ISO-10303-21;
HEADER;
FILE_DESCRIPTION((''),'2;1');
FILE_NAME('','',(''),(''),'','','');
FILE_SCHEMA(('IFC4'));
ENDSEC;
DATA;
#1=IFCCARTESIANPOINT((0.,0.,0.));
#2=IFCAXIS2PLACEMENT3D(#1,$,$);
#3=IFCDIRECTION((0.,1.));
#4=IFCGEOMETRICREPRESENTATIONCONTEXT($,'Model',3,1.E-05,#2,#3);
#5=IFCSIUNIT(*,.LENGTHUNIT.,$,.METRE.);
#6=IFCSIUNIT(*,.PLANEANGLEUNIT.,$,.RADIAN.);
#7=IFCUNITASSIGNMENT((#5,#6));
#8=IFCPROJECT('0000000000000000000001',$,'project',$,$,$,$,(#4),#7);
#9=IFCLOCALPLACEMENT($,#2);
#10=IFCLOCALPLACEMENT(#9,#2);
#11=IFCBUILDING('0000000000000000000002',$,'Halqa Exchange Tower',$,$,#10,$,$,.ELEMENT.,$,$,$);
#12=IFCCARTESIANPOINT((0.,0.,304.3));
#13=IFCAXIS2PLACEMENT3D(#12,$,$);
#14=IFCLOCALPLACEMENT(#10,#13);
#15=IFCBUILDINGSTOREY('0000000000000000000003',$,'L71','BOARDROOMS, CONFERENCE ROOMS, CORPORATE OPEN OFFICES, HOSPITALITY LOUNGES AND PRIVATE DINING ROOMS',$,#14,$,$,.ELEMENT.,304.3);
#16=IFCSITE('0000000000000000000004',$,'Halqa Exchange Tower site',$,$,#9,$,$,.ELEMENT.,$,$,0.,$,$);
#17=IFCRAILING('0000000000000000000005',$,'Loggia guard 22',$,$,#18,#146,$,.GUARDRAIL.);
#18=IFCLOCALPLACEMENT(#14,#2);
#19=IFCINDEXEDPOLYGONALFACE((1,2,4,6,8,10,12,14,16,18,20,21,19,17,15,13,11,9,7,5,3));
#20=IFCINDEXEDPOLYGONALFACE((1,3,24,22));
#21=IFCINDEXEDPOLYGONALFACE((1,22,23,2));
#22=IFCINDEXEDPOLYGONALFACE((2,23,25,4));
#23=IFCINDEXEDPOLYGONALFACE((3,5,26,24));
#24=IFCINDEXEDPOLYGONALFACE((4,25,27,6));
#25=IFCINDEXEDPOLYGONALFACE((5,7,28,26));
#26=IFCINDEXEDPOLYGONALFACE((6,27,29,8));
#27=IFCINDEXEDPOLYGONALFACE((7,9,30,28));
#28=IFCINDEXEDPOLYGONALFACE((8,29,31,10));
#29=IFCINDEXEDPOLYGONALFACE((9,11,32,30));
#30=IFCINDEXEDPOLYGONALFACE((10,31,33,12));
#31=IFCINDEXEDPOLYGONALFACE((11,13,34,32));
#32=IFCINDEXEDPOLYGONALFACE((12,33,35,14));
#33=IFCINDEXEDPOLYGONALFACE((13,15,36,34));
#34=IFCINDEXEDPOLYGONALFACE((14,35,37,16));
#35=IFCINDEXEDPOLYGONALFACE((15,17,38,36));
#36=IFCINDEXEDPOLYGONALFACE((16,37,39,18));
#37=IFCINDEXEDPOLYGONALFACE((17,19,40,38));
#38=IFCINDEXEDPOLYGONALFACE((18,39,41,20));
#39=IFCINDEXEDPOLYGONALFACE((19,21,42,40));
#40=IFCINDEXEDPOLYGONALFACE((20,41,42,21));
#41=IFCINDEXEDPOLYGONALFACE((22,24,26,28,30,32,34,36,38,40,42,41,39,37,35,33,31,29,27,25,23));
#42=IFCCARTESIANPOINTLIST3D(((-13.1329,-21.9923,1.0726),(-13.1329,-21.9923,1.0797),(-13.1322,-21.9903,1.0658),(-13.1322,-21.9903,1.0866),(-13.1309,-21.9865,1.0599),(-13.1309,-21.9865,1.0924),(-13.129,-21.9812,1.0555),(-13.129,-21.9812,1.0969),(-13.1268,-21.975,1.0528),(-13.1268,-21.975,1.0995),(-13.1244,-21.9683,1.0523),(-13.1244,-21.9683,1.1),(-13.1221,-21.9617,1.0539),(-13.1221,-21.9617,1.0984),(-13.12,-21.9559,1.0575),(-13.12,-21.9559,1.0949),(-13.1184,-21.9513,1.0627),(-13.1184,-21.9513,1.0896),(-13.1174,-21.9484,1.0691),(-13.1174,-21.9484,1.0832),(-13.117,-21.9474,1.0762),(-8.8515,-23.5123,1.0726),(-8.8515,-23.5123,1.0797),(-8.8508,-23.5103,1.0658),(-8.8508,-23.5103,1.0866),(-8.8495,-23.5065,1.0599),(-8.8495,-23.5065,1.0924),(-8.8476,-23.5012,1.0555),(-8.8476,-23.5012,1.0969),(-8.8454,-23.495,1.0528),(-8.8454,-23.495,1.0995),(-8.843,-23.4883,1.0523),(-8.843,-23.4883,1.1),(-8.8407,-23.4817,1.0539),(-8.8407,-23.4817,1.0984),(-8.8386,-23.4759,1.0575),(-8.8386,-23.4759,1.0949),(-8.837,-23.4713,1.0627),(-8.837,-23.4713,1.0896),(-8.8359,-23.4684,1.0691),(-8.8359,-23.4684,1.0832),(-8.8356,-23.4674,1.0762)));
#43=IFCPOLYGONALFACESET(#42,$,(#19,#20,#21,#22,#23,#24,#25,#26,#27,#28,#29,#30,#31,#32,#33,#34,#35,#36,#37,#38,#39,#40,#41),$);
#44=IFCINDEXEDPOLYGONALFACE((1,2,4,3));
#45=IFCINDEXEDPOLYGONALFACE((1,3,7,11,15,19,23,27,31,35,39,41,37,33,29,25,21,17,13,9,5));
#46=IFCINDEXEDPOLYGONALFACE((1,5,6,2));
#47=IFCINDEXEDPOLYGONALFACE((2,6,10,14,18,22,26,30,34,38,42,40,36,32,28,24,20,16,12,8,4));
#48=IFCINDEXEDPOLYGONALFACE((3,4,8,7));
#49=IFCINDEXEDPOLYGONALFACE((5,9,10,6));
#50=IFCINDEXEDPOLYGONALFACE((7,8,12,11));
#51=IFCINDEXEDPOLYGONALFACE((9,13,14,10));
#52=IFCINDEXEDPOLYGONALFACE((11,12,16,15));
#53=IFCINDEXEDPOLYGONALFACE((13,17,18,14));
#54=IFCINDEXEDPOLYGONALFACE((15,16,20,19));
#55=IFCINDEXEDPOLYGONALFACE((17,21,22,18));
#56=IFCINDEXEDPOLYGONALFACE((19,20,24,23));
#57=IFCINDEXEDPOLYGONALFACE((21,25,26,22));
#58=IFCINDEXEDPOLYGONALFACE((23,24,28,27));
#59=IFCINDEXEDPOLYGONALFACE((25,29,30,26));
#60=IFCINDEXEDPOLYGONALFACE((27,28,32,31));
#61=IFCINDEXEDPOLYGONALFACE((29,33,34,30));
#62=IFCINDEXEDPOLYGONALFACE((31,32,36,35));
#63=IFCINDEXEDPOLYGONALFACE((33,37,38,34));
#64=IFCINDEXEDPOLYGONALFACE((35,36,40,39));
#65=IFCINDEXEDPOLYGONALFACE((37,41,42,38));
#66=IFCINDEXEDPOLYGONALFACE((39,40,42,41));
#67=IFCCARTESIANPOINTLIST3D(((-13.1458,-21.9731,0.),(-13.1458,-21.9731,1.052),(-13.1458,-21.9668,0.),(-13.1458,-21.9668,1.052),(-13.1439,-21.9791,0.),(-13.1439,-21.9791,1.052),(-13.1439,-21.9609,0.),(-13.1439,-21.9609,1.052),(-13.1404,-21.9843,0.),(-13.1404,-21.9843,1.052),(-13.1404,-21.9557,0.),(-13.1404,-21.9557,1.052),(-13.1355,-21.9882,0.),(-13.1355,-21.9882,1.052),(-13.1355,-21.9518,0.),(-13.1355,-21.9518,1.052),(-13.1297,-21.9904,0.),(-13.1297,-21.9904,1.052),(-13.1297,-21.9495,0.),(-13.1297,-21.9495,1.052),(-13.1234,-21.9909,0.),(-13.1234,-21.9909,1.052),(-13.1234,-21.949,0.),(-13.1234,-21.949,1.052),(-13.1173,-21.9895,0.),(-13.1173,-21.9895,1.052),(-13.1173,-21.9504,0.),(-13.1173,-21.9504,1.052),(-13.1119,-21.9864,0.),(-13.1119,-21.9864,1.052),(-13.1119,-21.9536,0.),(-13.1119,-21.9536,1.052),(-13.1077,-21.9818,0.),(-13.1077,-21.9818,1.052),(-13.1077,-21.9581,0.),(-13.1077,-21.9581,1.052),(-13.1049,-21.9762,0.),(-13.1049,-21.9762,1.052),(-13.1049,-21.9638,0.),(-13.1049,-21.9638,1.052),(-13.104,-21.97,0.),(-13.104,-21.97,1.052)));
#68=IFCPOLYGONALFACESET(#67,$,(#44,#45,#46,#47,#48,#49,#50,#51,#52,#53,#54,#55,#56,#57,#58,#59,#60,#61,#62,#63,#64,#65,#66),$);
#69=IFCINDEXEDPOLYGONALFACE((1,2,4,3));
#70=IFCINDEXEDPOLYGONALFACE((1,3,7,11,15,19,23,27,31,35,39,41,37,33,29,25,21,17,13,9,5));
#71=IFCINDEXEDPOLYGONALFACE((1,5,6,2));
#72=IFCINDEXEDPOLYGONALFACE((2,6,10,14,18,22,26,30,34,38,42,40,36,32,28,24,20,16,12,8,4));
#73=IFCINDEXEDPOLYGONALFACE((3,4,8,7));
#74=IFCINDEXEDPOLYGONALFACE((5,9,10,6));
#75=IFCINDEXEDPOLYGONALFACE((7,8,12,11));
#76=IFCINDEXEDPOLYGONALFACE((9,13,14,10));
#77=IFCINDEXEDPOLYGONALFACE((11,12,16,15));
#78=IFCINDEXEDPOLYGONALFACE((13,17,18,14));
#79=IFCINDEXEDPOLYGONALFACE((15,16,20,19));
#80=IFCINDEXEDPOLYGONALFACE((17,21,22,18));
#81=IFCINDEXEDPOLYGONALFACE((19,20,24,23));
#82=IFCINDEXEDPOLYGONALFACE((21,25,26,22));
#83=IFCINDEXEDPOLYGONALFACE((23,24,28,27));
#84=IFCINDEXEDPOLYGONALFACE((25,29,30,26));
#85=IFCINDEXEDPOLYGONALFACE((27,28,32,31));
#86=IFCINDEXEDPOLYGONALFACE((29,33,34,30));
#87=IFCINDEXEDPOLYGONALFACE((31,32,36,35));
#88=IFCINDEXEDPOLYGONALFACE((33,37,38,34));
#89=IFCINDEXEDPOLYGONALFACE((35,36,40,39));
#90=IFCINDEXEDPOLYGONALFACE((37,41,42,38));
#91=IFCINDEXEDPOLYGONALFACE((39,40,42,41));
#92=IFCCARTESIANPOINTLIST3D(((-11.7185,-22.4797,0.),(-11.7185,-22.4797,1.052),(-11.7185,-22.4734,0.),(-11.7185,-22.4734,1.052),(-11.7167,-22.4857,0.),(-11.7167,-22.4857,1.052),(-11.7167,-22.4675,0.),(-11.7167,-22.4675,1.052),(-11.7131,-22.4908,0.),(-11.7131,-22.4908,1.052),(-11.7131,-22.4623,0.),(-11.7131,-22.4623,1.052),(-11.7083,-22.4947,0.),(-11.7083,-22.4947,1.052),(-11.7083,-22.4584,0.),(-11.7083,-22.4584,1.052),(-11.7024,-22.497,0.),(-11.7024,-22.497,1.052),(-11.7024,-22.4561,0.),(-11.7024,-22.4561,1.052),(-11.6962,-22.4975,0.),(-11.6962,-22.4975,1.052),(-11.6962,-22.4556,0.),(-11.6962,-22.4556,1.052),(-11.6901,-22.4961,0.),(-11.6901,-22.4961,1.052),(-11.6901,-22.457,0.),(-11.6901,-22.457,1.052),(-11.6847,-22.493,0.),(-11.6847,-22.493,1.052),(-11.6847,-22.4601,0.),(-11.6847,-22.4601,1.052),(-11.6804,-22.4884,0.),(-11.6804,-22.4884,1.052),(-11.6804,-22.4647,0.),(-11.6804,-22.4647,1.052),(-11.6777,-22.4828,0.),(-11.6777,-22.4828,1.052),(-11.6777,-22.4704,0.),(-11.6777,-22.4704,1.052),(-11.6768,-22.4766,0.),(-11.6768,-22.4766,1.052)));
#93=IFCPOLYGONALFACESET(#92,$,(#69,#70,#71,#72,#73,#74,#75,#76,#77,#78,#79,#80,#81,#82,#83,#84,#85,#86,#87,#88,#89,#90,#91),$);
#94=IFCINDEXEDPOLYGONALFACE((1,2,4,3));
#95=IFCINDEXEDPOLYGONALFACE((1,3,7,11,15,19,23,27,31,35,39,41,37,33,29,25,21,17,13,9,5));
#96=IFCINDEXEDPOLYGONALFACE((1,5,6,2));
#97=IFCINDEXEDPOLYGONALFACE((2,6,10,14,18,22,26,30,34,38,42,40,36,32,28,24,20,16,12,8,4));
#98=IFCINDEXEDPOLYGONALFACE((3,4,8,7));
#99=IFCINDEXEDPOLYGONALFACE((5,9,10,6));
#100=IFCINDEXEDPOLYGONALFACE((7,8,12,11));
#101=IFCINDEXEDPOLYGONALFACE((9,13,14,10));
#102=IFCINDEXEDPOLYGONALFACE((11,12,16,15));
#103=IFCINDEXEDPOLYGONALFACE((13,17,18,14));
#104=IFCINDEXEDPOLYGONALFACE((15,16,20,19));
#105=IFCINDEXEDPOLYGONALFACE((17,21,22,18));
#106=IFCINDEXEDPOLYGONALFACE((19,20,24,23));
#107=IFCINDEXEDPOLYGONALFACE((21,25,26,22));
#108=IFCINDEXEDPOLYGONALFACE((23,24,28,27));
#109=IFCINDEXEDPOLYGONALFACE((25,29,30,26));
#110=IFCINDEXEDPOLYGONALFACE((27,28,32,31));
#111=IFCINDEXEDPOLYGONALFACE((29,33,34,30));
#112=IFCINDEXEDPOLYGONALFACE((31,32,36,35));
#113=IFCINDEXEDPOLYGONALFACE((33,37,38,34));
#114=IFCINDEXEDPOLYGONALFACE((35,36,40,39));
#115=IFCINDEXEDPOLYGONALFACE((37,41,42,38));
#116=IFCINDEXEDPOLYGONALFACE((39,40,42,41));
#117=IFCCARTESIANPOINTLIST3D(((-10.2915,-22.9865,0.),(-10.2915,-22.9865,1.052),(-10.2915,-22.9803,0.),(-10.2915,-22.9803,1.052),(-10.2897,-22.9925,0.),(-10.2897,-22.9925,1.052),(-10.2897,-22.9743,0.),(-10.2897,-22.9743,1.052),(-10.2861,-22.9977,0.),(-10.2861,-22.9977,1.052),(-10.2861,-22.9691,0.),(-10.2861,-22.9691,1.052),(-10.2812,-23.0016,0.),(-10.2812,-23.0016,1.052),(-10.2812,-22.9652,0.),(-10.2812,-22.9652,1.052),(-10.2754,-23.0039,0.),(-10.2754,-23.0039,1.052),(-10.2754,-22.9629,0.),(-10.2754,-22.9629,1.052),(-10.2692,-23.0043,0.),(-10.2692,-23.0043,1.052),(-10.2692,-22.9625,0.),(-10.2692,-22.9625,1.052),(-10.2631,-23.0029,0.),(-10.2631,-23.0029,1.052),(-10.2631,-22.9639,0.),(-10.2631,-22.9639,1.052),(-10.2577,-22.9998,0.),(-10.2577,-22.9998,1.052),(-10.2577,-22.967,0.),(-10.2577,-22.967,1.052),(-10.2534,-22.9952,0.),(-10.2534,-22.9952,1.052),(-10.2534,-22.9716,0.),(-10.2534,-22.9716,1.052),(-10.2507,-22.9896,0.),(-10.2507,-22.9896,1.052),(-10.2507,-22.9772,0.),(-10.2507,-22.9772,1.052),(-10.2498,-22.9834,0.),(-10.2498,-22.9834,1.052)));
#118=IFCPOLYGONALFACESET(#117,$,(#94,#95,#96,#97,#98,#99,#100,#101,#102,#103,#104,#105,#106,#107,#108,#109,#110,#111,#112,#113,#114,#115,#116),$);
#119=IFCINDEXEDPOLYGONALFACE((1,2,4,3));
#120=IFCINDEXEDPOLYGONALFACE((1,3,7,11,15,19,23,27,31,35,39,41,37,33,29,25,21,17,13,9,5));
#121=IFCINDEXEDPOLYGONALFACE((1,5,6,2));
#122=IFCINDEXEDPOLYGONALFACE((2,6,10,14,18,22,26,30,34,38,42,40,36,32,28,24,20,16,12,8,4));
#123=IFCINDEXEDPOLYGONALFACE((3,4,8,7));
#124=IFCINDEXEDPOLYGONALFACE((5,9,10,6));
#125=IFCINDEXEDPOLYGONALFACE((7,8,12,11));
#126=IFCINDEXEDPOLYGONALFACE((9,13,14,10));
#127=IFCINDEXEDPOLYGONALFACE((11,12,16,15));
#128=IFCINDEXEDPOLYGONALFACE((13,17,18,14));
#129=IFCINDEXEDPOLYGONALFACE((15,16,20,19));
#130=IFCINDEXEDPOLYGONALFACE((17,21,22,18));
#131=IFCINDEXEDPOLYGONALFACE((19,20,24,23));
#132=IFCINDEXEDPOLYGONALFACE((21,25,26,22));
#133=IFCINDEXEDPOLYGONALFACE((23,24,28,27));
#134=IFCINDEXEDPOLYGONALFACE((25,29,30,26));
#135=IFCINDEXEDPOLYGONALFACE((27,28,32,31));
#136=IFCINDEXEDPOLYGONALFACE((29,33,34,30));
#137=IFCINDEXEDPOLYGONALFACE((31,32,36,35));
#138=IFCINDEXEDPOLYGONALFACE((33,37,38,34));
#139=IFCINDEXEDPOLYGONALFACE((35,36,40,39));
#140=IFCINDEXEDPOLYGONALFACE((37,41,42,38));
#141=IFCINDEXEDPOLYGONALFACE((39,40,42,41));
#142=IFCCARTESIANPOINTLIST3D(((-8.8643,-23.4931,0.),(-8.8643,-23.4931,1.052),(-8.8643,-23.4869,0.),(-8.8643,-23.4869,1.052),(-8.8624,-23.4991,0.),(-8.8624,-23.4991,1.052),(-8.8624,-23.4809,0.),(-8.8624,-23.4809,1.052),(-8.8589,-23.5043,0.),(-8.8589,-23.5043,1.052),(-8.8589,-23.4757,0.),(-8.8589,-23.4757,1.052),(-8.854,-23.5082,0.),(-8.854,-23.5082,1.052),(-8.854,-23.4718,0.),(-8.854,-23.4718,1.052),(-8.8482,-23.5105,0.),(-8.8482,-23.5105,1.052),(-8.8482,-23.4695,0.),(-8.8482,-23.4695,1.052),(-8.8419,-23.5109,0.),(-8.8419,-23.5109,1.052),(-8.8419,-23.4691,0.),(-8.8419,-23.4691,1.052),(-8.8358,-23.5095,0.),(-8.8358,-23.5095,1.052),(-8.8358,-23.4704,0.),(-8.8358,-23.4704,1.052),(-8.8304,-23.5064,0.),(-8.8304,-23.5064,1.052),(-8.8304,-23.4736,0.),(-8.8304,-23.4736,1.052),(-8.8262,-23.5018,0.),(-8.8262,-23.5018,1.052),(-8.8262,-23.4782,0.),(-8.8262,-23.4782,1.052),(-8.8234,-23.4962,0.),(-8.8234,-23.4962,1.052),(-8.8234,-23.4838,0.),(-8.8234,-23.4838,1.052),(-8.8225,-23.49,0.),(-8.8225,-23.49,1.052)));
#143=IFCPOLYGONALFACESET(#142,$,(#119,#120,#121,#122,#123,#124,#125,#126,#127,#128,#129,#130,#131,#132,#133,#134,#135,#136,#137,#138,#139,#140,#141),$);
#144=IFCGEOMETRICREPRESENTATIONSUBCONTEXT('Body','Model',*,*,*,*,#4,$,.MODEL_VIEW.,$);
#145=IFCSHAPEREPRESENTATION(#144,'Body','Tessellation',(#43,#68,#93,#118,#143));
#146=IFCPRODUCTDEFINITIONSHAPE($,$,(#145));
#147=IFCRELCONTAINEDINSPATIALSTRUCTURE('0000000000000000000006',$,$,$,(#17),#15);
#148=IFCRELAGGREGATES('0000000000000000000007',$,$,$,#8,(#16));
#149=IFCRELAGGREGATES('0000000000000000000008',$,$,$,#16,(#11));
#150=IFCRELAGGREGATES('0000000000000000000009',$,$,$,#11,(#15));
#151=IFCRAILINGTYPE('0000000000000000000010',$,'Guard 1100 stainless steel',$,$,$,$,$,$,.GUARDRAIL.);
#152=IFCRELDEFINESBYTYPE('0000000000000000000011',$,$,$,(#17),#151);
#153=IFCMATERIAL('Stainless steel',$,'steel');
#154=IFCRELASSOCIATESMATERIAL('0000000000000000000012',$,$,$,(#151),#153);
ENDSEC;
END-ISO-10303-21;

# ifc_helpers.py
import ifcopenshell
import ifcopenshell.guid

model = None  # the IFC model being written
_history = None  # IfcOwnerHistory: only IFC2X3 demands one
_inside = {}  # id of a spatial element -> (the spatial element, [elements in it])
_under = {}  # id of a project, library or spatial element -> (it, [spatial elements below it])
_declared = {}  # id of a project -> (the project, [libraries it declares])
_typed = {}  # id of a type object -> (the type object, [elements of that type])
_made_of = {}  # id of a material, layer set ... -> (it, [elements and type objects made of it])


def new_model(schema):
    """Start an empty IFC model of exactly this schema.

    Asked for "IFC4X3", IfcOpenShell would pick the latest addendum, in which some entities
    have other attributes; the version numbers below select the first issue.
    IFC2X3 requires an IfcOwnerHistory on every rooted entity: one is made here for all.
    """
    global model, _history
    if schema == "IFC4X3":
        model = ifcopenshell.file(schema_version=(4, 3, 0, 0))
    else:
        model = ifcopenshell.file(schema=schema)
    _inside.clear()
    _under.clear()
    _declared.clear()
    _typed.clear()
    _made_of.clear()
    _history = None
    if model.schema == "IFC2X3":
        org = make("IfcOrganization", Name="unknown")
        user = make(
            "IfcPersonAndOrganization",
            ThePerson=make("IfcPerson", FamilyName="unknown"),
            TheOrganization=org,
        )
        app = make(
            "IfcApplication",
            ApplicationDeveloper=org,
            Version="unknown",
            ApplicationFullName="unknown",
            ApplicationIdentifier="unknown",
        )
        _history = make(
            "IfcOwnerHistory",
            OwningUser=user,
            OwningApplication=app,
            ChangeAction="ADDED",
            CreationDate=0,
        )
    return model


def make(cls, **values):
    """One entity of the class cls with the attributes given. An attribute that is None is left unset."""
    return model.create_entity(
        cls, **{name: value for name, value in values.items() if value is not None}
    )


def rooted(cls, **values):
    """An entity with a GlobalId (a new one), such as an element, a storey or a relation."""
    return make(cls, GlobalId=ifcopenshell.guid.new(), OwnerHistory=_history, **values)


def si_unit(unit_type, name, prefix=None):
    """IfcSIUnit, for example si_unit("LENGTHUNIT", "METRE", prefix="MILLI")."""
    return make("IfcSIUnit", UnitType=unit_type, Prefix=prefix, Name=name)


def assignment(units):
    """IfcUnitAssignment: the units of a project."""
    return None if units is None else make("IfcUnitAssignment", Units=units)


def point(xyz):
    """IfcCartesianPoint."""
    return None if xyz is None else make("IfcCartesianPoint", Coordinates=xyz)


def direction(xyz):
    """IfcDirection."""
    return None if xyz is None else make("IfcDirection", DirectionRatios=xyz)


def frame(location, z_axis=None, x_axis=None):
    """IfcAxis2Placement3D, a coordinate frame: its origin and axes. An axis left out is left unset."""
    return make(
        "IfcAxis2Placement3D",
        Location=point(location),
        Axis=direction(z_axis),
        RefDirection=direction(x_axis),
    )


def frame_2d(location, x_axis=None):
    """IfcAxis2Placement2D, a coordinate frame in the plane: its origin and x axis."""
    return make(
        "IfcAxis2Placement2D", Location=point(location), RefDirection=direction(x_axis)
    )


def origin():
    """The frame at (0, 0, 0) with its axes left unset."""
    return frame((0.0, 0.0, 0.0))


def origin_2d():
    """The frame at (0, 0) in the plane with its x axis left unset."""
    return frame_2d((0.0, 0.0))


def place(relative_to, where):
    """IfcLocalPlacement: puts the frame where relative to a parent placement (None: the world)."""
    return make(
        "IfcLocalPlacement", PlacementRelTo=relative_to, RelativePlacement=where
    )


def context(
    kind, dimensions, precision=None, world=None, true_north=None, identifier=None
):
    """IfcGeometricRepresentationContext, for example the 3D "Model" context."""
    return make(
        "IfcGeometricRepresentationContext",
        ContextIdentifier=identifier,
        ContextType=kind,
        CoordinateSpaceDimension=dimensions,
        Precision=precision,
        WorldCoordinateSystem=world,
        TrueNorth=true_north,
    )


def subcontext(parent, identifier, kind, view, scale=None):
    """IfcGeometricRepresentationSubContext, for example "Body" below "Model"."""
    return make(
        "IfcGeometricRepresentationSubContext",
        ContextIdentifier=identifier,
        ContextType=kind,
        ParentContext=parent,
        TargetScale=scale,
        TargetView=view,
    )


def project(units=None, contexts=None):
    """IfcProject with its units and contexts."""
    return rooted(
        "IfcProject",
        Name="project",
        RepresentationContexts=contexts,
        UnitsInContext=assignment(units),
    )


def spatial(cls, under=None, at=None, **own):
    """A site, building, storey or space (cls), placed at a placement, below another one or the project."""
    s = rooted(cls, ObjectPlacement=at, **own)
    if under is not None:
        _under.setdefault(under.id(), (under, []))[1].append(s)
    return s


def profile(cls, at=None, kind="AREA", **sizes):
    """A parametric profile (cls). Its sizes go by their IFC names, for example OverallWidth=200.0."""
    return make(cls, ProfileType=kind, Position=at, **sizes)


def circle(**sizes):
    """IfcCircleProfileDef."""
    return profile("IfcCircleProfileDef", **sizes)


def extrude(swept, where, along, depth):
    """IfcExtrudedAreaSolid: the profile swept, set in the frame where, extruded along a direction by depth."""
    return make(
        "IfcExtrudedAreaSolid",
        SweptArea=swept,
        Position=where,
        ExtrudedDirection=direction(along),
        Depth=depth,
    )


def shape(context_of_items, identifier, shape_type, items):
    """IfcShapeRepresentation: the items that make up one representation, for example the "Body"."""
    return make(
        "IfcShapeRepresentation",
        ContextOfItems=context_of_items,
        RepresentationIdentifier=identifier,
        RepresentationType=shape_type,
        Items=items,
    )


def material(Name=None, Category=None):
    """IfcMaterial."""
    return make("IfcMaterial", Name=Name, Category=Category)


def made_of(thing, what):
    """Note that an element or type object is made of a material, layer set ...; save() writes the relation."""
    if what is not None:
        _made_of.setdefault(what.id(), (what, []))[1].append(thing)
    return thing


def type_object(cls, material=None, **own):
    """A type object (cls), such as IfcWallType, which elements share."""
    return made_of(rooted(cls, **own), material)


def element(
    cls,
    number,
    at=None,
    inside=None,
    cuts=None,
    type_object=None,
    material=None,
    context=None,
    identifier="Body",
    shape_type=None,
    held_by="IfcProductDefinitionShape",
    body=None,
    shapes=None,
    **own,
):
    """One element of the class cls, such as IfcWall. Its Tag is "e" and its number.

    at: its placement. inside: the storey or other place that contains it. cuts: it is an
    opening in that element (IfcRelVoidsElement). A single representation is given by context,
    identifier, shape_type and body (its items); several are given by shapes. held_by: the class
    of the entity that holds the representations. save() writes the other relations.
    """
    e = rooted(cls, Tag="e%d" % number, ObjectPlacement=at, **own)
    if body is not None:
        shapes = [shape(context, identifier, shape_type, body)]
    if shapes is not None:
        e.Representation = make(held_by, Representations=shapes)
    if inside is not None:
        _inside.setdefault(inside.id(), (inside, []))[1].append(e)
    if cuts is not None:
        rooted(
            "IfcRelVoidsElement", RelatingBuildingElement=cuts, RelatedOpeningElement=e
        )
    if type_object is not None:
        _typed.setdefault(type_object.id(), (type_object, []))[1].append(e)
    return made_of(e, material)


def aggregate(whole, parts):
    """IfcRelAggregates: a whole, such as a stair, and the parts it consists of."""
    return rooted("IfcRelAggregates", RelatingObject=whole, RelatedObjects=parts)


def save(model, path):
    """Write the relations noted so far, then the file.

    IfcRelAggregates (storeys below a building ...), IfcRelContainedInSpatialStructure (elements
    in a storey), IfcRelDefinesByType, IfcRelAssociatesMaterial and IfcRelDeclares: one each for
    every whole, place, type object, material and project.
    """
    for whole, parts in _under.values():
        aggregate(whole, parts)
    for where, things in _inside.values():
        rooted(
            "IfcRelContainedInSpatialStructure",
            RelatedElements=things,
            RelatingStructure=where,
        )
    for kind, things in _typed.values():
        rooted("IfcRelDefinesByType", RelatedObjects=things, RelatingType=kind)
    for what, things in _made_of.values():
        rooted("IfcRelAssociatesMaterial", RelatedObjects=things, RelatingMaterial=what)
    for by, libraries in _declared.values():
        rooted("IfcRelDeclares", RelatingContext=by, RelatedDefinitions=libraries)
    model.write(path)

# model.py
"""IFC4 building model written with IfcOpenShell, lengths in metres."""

from ifc_helpers import new_model, si_unit, direction, frame, origin, origin_2d, place, context, subcontext, project, spatial, circle, extrude, material, type_object, element, save


model = new_model("IFC4")

# Units and contexts
model_context = context("Model", 3, precision=1e-05, world=origin(), true_north=direction((0.0, 1.0)))
body_context = subcontext(model_context, "Body", "Model", "MODEL_VIEW")
ifc_project = project(units=[si_unit("LENGTHUNIT", "METRE"), si_unit("PLANEANGLEUNIT", "RADIAN")], contexts=[model_context])

# Site, building, storey
site_placement = place(None, origin())
site = spatial("IfcSite", under=ifc_project, at=site_placement, Name="Halqa Exchange Tower site", CompositionType="ELEMENT", RefElevation=0.0)
building_placement = place(site_placement, origin())
building = spatial("IfcBuilding", under=site, at=building_placement, Name="Halqa Exchange Tower", CompositionType="ELEMENT")
storey_placement = place(building_placement, frame((0.0, 0.0, 304.3)))
storey = spatial("IfcBuildingStorey", under=building, at=storey_placement, Name="L71", Description="BOARDROOMS, CONFERENCE ROOMS, CORPORATE OPEN OFFICES, HOSPITALITY LOUNGES AND PRIVATE DINING ROOMS", CompositionType="ELEMENT", Elevation=304.3)

# Railing
ifc_material_1 = material(Name="Stainless steel", Category="steel")
railing_type = type_object("IfcRailingType", Name="Guard 1100 stainless steel", PredefinedType="GUARDRAIL", material=ifc_material_1)
railing_1_placement = place(storey_placement, frame((-13.125, -21.97, 0.0)))
element("IfcRailing", 1, at=railing_1_placement, inside=storey, type_object=railing_type, Name="Loggia guard 22", PredefinedType="GUARDRAIL", context=body_context, shape_type="SweptSolid", body=[
    extrude(circle(Radius=0.0239, at=origin_2d()), frame((0.0, 0.0, 1.0762), z_axis=(0.942374, -0.334562, 0.0), x_axis=(0.334562, 0.942374, 0.0)), (0.0, 0.0, 1.0), 4.5432),
    extrude(circle(Radius=0.021, at=origin_2d()), origin(), (0.0, 0.0, 1.0), 1.052),
    extrude(circle(Radius=0.021, at=origin_2d()), frame((1.4272, -0.5066, 0.0)), (0.0, 0.0, 1.0), 1.052),
    extrude(circle(Radius=0.021, at=origin_2d()), frame((2.8542, -1.0134, 0.0)), (0.0, 0.0, 1.0), 1.052),
    extrude(circle(Radius=0.021, at=origin_2d()), frame((4.2815, -1.52, 0.0)), (0.0, 0.0, 1.0), 1.052),
])

save(model, "model.ifc")
